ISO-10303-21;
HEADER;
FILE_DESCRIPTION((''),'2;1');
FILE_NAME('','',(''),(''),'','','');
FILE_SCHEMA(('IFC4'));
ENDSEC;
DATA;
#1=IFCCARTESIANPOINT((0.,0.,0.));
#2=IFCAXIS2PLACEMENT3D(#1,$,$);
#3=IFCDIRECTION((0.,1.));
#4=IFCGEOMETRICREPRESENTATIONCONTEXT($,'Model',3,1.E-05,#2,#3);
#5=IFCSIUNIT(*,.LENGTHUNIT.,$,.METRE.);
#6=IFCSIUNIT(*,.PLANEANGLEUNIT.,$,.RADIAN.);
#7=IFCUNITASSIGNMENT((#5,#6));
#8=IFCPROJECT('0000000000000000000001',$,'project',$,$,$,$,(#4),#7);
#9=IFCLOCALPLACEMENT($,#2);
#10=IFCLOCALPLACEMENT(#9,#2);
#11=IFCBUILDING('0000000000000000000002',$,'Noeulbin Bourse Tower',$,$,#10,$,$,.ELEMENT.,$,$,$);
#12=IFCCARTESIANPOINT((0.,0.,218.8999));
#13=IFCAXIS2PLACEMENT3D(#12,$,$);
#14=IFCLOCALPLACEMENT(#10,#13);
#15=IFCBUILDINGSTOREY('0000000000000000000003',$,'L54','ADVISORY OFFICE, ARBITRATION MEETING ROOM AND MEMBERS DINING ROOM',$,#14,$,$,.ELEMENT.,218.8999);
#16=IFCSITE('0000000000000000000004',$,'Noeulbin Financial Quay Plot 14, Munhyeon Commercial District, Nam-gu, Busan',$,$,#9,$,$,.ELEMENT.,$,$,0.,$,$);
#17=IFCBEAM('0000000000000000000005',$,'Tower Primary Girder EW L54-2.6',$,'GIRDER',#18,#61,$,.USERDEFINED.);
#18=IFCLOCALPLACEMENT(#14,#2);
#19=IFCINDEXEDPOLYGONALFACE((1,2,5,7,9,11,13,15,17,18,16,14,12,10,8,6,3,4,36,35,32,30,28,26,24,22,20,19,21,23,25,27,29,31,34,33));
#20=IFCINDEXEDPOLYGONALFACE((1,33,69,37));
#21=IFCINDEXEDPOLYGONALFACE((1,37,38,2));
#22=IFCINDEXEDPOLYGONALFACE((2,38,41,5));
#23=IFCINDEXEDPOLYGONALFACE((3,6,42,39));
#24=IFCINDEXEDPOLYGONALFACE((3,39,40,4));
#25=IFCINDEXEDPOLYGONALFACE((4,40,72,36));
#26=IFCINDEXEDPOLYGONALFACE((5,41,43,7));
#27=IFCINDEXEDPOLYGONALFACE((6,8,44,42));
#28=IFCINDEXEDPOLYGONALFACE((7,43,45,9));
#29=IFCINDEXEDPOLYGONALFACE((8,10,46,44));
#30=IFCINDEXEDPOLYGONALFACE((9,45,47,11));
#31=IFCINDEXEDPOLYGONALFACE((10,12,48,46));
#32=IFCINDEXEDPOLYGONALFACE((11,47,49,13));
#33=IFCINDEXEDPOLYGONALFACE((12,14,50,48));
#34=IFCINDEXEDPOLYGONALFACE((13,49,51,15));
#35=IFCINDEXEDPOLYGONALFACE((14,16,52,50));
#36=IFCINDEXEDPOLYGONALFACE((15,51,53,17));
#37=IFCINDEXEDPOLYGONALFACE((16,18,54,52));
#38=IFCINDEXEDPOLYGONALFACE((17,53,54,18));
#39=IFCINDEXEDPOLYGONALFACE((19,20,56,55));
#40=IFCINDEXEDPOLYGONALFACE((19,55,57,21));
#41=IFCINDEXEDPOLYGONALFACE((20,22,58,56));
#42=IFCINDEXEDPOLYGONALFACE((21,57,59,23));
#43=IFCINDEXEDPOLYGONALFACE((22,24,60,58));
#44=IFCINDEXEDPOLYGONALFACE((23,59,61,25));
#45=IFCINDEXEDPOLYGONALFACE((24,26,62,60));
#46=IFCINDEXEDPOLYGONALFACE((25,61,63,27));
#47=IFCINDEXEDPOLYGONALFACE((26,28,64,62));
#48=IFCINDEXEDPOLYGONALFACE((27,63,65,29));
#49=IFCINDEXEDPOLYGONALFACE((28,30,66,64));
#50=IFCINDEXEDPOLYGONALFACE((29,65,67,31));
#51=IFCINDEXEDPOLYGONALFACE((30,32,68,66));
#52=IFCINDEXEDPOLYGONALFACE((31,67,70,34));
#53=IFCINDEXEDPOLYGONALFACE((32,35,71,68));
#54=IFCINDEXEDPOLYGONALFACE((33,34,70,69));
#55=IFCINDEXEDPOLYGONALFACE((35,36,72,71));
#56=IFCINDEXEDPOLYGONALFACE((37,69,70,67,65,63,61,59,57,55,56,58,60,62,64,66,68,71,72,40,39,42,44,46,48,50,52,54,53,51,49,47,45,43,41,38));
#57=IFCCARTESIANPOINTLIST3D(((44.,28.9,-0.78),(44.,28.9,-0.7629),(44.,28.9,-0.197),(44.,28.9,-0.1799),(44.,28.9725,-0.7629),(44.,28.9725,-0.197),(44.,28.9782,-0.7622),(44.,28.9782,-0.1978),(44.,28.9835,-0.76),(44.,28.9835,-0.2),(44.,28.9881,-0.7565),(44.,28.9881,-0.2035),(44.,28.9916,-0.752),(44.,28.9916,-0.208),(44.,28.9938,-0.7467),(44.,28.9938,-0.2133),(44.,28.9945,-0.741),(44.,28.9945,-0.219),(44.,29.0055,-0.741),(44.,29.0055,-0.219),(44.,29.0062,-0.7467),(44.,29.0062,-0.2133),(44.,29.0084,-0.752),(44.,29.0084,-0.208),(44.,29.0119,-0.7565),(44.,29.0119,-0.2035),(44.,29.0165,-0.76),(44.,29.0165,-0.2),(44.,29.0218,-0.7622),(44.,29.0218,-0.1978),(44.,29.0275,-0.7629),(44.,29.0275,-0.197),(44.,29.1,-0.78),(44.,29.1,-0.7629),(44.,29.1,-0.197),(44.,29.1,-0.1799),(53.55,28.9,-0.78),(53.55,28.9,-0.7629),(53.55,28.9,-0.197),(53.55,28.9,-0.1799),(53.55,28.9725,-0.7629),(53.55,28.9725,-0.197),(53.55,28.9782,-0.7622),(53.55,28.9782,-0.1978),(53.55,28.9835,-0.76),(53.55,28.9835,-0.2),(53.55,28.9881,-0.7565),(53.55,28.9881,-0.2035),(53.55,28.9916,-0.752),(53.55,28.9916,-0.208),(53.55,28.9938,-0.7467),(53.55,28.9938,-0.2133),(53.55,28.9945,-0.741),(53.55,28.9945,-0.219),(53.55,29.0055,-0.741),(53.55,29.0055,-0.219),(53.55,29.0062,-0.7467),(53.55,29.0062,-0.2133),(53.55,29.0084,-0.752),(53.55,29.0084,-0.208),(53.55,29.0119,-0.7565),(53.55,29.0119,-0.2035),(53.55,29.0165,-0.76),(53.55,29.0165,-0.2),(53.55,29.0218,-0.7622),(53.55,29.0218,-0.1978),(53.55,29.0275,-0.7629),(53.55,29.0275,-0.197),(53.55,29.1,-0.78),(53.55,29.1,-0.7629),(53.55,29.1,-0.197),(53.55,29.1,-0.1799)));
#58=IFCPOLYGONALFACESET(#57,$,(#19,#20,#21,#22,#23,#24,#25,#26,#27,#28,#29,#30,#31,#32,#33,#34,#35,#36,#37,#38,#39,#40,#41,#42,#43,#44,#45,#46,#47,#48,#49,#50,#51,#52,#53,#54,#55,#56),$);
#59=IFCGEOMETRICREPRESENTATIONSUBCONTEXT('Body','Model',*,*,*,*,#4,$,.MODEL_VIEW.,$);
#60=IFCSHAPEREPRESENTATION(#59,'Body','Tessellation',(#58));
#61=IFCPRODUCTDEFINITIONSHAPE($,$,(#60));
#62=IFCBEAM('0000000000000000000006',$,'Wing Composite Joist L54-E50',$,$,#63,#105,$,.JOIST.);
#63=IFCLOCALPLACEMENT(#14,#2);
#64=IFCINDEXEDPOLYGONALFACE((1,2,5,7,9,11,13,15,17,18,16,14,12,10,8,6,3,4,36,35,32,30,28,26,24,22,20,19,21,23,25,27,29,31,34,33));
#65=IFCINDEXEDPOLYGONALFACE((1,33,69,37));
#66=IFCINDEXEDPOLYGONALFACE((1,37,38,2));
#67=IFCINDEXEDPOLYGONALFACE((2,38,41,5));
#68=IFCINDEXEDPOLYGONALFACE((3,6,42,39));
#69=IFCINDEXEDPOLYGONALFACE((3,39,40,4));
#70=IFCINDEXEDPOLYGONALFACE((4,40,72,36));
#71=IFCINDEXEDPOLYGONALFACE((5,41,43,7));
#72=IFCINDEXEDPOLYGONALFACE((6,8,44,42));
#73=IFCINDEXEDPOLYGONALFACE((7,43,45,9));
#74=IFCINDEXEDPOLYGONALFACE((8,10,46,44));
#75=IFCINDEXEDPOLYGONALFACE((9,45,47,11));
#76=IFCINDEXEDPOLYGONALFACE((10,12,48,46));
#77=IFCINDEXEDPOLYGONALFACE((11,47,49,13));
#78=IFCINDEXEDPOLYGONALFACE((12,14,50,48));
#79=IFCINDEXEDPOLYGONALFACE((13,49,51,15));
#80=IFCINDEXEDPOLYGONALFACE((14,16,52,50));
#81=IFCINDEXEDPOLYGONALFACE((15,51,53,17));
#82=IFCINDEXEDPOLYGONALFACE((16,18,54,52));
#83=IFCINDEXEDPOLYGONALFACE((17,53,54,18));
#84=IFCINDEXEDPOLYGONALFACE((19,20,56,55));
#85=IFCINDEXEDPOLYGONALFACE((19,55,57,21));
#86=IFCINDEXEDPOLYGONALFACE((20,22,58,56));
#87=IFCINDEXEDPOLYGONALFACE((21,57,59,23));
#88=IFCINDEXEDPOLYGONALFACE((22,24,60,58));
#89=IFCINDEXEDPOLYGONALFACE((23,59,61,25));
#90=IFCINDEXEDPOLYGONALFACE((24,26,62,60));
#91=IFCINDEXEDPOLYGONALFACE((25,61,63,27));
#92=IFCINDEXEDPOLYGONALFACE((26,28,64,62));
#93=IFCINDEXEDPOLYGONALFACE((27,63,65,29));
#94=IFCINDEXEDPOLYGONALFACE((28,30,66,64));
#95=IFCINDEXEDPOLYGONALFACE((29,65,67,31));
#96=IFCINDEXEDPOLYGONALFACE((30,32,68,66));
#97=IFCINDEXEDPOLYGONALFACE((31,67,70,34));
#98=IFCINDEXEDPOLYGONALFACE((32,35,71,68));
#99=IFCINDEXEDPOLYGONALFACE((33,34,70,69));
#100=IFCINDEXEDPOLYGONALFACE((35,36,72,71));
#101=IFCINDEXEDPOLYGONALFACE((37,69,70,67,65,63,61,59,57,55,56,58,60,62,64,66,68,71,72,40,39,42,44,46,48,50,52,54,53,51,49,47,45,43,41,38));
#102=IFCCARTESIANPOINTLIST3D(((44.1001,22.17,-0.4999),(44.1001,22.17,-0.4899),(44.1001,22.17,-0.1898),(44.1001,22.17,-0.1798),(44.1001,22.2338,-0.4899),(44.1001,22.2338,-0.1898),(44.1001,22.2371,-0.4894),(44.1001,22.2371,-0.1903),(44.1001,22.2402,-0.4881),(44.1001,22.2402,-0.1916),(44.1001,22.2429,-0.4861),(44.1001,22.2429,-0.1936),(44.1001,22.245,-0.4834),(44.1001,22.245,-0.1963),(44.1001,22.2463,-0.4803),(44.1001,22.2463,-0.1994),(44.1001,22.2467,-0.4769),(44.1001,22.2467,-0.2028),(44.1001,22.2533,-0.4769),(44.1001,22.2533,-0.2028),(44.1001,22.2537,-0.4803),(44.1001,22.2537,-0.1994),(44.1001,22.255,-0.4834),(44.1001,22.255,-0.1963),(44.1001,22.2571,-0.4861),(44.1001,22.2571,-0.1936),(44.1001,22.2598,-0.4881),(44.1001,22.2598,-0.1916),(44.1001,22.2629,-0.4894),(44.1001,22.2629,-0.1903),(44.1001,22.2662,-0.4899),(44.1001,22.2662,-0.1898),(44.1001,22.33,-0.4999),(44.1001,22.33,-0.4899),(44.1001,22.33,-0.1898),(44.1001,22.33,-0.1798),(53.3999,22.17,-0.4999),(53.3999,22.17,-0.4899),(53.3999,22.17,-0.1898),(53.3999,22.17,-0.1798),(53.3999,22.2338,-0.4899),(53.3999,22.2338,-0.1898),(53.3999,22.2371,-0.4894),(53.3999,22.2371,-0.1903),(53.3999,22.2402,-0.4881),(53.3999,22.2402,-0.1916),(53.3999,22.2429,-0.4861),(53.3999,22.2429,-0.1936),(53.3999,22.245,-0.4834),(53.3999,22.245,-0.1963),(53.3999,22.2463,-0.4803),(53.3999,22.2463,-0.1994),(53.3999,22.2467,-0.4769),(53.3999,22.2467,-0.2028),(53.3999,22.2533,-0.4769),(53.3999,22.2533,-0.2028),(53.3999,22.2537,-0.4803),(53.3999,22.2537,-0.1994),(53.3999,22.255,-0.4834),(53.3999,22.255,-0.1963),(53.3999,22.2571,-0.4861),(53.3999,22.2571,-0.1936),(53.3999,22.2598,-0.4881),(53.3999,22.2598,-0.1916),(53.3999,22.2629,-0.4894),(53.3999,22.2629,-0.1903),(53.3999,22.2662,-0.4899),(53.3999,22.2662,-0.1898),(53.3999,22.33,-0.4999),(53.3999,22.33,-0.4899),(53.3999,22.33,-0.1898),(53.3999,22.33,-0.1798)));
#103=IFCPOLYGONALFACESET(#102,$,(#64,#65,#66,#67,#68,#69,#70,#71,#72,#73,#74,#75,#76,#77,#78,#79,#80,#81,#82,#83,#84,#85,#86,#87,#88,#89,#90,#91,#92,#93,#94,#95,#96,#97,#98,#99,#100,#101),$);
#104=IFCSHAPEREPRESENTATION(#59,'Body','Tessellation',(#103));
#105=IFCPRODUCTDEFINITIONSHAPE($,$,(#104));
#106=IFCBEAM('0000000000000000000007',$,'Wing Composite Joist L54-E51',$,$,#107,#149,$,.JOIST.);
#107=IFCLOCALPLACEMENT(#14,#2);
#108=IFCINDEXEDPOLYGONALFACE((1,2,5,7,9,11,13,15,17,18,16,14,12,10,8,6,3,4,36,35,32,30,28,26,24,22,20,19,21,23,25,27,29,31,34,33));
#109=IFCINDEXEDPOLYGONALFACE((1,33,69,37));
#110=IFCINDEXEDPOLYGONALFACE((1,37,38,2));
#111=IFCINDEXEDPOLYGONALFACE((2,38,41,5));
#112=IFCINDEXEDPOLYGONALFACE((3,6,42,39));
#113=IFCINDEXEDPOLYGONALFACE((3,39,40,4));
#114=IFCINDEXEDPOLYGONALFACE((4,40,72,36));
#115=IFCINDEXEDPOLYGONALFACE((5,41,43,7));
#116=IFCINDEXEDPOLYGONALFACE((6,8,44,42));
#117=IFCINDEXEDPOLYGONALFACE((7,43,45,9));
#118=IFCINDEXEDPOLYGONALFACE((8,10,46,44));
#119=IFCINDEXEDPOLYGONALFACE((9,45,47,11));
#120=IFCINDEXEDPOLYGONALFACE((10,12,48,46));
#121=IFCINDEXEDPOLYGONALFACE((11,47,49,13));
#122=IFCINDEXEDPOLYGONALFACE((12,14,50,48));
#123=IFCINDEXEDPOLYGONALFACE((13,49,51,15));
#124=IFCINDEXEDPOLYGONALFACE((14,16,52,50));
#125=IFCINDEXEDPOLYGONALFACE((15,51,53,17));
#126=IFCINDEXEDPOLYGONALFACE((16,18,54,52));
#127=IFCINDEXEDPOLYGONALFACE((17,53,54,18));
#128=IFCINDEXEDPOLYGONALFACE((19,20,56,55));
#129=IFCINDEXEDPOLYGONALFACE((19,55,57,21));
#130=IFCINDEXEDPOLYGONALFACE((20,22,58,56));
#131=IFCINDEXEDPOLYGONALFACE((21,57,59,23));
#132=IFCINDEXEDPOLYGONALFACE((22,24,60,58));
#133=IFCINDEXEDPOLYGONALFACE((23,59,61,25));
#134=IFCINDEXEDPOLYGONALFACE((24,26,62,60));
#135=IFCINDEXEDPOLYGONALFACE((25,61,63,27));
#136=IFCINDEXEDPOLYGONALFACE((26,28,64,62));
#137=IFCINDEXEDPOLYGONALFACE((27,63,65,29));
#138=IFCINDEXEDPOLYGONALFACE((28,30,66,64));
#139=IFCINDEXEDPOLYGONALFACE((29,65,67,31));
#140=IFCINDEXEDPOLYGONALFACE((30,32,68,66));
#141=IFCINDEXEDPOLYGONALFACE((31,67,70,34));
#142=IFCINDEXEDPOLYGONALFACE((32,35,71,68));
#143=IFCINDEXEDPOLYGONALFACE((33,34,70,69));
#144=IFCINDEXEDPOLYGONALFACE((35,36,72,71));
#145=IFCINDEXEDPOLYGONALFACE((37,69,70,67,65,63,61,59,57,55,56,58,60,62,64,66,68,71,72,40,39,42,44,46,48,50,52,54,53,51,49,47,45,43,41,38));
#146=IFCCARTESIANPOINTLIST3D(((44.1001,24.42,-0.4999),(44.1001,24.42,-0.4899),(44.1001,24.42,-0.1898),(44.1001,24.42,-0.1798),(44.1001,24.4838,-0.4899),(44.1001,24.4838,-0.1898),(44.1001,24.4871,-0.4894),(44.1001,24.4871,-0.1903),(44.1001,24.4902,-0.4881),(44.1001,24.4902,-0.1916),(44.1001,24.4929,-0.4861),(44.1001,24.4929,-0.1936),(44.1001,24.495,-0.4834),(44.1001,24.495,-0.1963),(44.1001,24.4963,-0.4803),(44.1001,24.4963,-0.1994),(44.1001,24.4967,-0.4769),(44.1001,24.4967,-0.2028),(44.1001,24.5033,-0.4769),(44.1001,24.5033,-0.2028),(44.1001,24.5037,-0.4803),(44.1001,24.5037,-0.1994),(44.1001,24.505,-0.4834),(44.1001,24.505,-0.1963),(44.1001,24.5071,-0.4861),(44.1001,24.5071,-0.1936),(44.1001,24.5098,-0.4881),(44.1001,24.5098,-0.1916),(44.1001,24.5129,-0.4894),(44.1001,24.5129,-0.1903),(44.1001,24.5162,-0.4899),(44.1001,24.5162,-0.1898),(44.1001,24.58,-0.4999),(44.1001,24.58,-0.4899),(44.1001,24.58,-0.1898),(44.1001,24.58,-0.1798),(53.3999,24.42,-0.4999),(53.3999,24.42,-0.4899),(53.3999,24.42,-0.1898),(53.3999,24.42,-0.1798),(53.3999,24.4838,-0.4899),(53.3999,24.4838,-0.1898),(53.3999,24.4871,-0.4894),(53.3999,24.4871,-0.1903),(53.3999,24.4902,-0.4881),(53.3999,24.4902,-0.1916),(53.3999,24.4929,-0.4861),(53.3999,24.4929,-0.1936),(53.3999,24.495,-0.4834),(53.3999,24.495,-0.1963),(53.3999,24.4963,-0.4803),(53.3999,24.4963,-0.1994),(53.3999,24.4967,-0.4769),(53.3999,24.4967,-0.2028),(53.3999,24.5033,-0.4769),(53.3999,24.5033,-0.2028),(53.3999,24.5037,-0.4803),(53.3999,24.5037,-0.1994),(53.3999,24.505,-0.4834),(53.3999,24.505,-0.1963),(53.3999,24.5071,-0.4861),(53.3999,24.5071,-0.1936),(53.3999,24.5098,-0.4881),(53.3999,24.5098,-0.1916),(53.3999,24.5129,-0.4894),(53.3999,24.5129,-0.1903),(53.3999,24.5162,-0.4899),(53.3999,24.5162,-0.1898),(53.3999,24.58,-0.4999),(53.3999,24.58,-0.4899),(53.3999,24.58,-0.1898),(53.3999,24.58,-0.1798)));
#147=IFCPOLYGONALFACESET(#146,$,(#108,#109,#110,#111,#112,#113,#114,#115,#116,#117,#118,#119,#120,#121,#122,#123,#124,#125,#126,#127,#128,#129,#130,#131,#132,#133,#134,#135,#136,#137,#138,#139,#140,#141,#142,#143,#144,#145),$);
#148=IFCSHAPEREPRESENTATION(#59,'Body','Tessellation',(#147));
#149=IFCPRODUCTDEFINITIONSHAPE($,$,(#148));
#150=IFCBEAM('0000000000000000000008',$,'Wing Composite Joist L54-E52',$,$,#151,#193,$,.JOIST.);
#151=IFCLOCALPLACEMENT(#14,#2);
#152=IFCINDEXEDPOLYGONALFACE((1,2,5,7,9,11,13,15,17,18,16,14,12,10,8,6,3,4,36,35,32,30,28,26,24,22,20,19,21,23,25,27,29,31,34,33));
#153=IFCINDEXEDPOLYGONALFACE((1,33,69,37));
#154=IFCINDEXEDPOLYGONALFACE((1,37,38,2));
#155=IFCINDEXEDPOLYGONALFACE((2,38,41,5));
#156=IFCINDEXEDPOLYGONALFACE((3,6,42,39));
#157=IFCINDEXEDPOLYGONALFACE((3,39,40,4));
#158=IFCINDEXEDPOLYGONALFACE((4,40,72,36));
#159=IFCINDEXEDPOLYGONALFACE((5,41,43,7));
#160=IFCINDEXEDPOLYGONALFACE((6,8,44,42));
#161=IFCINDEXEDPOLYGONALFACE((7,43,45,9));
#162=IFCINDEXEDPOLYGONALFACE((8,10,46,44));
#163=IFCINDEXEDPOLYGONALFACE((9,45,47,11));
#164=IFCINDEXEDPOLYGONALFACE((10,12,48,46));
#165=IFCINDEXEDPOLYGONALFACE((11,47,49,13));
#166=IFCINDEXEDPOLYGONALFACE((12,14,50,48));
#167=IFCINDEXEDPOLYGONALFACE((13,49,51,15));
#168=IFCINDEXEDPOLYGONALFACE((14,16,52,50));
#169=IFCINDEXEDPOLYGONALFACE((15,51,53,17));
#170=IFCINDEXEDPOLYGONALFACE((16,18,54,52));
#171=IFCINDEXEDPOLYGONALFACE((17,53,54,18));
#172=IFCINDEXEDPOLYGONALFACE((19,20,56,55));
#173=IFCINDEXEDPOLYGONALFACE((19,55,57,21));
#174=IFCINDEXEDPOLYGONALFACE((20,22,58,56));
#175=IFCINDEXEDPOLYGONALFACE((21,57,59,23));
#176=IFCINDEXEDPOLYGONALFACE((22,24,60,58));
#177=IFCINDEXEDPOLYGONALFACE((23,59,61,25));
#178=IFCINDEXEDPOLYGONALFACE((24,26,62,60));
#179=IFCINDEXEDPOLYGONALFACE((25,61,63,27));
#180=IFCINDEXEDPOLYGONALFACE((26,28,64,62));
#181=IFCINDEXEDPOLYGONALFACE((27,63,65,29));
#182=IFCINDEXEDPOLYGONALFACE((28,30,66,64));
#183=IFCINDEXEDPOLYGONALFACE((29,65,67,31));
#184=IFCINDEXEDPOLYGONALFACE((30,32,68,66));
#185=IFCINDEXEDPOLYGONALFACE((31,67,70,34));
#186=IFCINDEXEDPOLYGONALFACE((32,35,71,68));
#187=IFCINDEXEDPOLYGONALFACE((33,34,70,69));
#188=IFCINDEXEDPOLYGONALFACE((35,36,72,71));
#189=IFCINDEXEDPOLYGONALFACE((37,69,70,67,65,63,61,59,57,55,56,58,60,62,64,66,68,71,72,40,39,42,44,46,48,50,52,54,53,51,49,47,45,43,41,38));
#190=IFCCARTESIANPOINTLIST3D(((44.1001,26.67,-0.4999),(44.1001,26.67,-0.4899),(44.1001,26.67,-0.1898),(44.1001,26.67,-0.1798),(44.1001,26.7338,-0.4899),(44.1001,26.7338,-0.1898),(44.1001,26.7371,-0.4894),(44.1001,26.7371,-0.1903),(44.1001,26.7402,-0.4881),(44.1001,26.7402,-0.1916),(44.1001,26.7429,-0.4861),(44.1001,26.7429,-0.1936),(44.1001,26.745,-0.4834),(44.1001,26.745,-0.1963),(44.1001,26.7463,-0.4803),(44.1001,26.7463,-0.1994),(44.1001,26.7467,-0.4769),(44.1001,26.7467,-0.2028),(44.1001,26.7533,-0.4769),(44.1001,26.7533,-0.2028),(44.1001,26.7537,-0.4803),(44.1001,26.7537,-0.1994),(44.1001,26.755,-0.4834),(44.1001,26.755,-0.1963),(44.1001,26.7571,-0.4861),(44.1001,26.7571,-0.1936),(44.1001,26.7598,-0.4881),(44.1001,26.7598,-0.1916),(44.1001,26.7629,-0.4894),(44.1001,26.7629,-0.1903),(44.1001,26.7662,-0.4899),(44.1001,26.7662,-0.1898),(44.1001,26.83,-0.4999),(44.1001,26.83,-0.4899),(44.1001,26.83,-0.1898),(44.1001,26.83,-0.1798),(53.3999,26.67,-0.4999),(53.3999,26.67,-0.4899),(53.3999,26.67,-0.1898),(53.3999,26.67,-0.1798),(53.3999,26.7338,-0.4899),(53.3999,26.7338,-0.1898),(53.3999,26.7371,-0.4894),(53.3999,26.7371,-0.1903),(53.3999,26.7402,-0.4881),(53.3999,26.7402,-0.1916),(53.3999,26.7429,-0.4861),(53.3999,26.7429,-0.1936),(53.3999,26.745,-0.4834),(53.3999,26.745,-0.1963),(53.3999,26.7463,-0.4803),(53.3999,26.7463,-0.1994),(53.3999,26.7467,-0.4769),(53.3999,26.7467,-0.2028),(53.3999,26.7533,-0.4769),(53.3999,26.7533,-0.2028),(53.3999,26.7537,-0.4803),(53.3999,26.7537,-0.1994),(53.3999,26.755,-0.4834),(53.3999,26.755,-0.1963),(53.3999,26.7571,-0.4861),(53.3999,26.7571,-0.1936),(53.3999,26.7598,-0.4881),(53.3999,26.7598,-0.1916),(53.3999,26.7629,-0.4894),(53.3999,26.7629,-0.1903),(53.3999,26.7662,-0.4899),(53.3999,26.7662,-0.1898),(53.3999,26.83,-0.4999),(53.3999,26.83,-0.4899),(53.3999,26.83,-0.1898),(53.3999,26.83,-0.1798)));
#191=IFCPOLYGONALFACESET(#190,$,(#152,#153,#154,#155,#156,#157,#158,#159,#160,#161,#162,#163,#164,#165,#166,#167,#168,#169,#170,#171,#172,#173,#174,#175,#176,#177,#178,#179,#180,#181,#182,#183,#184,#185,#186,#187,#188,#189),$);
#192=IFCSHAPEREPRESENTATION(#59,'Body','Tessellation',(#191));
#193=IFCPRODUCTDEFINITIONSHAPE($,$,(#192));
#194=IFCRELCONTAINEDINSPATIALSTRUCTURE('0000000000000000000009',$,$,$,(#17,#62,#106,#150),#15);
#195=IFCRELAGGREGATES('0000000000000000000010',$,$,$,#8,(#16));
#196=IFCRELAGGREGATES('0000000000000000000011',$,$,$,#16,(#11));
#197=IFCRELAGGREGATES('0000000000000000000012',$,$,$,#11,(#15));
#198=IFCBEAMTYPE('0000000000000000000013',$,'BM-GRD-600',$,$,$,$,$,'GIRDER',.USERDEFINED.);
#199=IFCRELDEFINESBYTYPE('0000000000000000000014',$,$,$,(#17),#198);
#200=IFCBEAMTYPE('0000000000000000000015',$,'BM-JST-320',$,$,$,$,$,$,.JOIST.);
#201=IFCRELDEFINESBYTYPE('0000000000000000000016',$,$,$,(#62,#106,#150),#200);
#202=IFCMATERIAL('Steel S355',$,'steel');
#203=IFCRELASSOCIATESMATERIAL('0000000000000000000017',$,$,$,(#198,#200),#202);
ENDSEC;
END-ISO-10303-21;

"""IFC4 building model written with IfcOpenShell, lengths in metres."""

from ifc_helpers import new_model, si_unit, direction, frame, origin, origin_2d, place, context, subcontext, project, spatial, i_section, extrude, material, material_profile, profile_set, type_object, element, save


model = new_model("IFC4")

# Units and contexts
model_context = context("Model", 3, precision=1e-05, world=origin(), true_north=direction((0.0, 1.0)))
body_context = subcontext(model_context, "Body", "Model", "MODEL_VIEW")
ifc_project = project(units=[si_unit("LENGTHUNIT", "METRE"), si_unit("PLANEANGLEUNIT", "RADIAN")], contexts=[model_context])

# Site, building, storey
site_placement = place(None, origin())
site = spatial("IfcSite", under=ifc_project, at=site_placement, Name="Noeulbin Financial Quay Plot 14, Munhyeon Commercial District, Nam-gu, Busan", CompositionType="ELEMENT", RefElevation=0.0)
building_placement = place(site_placement, origin())
building = spatial("IfcBuilding", under=site, at=building_placement, Name="Noeulbin Bourse Tower", CompositionType="ELEMENT")
storey_placement = place(building_placement, frame((0.0, 0.0, 218.8999)))
storey = spatial("IfcBuildingStorey", under=building, at=storey_placement, Name="L54", Description="ADVISORY OFFICE, ARBITRATION MEETING ROOM AND MEMBERS DINING ROOM", CompositionType="ELEMENT", Elevation=218.8999)

# Shared definitions
ifc_material_1 = material(Name="Steel S355", Category="steel")

# Beams
ifc_material_profile_1 = material_profile(ifc_material_1, i_section(OverallWidth=0.2, OverallDepth=0.6001, WebThickness=0.011, FlangeThickness=0.0171, FilletRadius=0.022, at=origin_2d()), Name="H-600x200x11x17", Category="LoadBearing")
ifc_profile_set_1 = profile_set([ifc_material_profile_1], Name="Steel S355")
beam_type_1 = type_object("IfcBeamType", Name="BM-GRD-600", ElementType="GIRDER", PredefinedType="USERDEFINED", material=ifc_profile_set_1)
beam_1_placement = place(storey_placement, frame((44.0, 29.0, -0.48), z_axis=(1.0, 0.0, 0.0), x_axis=(0.0, 1.0, 0.0)))
element("IfcBeam", 1, at=beam_1_placement, inside=storey, type_object=beam_type_1, Name="Tower Primary Girder EW L54-2.6", ObjectType="GIRDER", PredefinedType="USERDEFINED", context=body_context, shape_type="SweptSolid", body=[
    extrude(i_section(OverallWidth=0.2, OverallDepth=0.6001, WebThickness=0.011, FlangeThickness=0.0171, FilletRadius=0.022, at=origin_2d()), origin(), (0.0, 0.0, 1.0), 9.55),
])
ifc_material_profile_2 = material_profile(ifc_material_1, i_section(OverallWidth=0.1599, OverallDepth=0.3201, WebThickness=0.0066, FlangeThickness=0.01, FilletRadius=0.0129, at=origin_2d()), Name="H-320x160x6.5x10", Category="LoadBearing")
ifc_profile_set_2 = profile_set([ifc_material_profile_2], Name="Steel S355")
beam_type_2 = type_object("IfcBeamType", Name="BM-JST-320", PredefinedType="JOIST", material=ifc_profile_set_2)
for number, where, z_axis, x_axis, name in (
    (2, (44.1001, 22.25, -0.3398), (1.0, 0.0, 0.0), (0.0, 1.0, 0.0), "Wing Composite Joist L54-E50"),
    (3, (44.1001, 24.5, -0.3398), (1.0, 0.0, 0.0), (0.0, 1.0, 0.0), "Wing Composite Joist L54-E51"),
    (4, (44.1001, 26.75, -0.3398), (1.0, 0.0, 0.0), (0.0, 1.0, 0.0), "Wing Composite Joist L54-E52"),
):
    element("IfcBeam", number, at=place(storey_placement, frame(where, z_axis=z_axis, x_axis=x_axis)), inside=storey, type_object=beam_type_2, Name=name, PredefinedType="JOIST", context=body_context, shape_type="SweptSolid", body=[
        extrude(i_section(OverallWidth=0.1599, OverallDepth=0.3201, WebThickness=0.0066, FlangeThickness=0.01, FilletRadius=0.0129, at=origin_2d()), origin(), (0.0, 0.0, 1.0), 9.2998),
    ])

save(model, "model.ifc")
